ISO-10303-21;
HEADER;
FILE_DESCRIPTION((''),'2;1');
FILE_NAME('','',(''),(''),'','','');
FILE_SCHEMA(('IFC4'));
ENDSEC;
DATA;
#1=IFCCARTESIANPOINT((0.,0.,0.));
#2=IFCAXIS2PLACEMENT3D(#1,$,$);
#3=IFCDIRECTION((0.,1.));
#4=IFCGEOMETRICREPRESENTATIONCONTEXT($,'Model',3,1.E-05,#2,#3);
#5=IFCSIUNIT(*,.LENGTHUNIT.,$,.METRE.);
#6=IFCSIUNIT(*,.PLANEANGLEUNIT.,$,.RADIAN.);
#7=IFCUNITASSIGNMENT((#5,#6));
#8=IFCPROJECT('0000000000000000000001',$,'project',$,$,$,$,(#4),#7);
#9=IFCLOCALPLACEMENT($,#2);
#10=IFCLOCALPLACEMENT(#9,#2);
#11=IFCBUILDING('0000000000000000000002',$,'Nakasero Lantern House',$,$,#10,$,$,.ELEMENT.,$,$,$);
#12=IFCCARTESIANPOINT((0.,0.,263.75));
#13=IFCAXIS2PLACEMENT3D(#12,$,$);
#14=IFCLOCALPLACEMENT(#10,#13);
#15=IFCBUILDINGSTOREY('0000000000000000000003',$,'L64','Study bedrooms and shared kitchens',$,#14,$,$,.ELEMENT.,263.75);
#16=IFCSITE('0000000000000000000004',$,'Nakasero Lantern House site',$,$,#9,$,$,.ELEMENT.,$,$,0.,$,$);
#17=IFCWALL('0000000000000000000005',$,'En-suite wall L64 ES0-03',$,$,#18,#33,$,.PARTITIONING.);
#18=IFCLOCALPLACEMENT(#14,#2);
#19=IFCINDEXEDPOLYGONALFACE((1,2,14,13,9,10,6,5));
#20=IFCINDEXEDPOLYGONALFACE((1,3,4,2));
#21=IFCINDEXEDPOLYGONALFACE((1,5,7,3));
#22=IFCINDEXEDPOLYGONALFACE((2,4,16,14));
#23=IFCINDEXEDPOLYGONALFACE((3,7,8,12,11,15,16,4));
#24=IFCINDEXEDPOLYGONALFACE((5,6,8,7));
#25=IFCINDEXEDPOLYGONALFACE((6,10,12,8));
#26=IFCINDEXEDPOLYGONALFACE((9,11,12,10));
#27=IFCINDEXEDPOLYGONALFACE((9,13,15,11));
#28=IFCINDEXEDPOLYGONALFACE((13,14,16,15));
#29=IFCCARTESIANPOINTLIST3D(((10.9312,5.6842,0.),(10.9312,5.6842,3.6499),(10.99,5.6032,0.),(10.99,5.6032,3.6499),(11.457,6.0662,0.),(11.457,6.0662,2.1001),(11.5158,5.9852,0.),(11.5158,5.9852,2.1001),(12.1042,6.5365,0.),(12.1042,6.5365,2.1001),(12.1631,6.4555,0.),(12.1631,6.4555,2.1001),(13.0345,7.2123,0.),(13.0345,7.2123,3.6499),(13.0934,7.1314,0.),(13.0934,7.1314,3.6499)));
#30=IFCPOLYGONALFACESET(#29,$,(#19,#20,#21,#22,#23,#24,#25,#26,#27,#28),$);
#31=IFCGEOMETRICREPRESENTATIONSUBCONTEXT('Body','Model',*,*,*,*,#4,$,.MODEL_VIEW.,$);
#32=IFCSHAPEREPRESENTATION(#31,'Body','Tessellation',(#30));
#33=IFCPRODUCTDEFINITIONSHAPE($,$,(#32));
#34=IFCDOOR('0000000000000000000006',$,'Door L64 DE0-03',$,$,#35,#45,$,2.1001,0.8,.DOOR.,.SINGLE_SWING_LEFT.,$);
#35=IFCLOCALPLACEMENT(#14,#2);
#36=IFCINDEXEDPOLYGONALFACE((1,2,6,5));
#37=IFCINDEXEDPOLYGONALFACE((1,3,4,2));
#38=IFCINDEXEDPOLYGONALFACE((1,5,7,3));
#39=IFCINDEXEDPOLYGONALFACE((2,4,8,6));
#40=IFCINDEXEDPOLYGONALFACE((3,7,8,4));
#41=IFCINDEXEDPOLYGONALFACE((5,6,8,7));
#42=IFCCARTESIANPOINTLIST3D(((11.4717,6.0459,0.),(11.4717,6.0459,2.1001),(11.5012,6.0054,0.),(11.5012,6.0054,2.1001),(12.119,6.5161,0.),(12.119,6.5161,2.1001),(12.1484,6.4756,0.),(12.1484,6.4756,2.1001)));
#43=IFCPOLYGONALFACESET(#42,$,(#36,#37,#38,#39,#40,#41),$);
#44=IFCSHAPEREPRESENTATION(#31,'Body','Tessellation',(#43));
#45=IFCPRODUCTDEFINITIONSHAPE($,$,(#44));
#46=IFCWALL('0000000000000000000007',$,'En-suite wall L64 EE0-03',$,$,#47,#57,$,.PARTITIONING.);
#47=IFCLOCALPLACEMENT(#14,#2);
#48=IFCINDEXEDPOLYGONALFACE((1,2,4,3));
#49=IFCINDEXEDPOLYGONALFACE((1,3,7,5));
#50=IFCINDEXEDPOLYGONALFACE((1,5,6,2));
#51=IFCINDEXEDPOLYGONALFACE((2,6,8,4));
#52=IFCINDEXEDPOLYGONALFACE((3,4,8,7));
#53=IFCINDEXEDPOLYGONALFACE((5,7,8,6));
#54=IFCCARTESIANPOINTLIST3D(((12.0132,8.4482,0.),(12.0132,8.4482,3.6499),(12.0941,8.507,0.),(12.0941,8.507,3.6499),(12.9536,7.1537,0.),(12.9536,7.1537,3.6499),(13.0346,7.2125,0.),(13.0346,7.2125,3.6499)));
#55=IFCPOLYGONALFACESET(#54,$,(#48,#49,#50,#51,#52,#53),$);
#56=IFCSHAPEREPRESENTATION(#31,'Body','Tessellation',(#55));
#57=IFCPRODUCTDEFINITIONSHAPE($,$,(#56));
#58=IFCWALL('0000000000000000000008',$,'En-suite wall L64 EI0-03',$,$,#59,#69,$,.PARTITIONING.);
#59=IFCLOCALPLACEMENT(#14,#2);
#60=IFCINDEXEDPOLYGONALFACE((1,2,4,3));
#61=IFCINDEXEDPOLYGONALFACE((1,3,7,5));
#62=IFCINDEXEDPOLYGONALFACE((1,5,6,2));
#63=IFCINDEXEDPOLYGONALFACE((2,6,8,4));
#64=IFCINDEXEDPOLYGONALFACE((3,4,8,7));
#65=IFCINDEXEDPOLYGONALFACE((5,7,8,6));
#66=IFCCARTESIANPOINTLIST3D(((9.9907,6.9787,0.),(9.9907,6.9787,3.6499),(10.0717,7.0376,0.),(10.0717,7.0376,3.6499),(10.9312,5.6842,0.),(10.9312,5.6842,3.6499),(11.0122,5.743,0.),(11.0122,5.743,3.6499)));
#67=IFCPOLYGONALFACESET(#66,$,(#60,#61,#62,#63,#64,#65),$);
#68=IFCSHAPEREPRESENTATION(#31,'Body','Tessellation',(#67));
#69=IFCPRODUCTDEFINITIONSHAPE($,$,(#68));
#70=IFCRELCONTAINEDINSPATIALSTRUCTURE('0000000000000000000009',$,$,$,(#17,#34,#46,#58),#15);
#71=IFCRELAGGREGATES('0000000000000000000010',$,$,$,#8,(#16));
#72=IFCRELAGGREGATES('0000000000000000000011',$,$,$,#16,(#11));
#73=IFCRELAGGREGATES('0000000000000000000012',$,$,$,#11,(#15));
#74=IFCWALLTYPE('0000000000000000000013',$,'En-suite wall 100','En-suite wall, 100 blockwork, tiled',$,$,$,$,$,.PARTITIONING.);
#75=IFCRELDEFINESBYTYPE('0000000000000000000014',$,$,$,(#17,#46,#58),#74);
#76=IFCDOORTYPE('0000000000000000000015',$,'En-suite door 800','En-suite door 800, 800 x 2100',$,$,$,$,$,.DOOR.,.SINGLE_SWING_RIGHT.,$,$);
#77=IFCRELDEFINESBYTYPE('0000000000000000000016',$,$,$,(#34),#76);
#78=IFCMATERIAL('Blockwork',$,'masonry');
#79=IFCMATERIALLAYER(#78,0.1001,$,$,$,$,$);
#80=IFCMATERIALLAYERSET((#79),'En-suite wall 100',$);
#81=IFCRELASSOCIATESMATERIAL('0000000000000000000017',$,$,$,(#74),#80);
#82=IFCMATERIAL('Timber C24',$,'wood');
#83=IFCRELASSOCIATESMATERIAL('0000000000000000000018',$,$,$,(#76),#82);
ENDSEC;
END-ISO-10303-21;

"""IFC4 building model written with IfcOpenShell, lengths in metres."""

from ifc_helpers import new_model, si_unit, direction, frame, frame_2d, origin, place, context, subcontext, project, spatial, rectangle, extrude, material, layer, layer_set, type_object, element, fill, save


model = new_model("IFC4")

# Units and contexts
model_context = context("Model", 3, precision=1e-05, world=origin(), true_north=direction((0.0, 1.0)))
body_context = subcontext(model_context, "Body", "Model", "MODEL_VIEW")
ifc_project = project(units=[si_unit("LENGTHUNIT", "METRE"), si_unit("PLANEANGLEUNIT", "RADIAN")], contexts=[model_context])

# Site, building, storey
site_placement = place(None, origin())
site = spatial("IfcSite", under=ifc_project, at=site_placement, Name="Nakasero Lantern House site", CompositionType="ELEMENT", RefElevation=0.0)
building_placement = place(site_placement, origin())
building = spatial("IfcBuilding", under=site, at=building_placement, Name="Nakasero Lantern House", CompositionType="ELEMENT")
storey_placement = place(building_placement, frame((0.0, 0.0, 263.75)))
storey = spatial("IfcBuildingStorey", under=building, at=storey_placement, Name="L64", Description="Study bedrooms and shared kitchens", CompositionType="ELEMENT", Elevation=263.75)

# Wall, opening, door
ifc_material_1 = material(Name="Blockwork", Category="masonry")
ifc_layer_1 = layer(ifc_material_1, 0.1001)
ifc_layer_set_1 = layer_set([ifc_layer_1], Name="En-suite wall 100")
wall_type_1 = type_object("IfcWallType", Name="En-suite wall 100", Description="En-suite wall, 100 blockwork, tiled", PredefinedType="PARTITIONING", material=ifc_layer_set_1)
wall_1_placement = place(storey_placement, frame((10.9607, 5.6438, 0.0), z_axis=(0.0, 0.0, 1.0), x_axis=(0.809024, 0.587775, 0.0)))
wall_1 = element("IfcWall", 1, at=wall_1_placement, inside=storey, type_object=wall_type_1, Name="En-suite wall L64 ES0-03", PredefinedType="PARTITIONING", context=body_context, shape_type="SweptSolid", body=[
    extrude(rectangle(XDim=2.5999, YDim=0.1001, at=frame_2d((1.2998, 0.0))), origin(), (0.0, 0.0, 1.0), 3.6499),
])
opening_1_placement = place(wall_1_placement, frame((0.6499, 0.0, 0.0)))
opening_1 = element("IfcOpeningElement", 2, at=opening_1_placement, cuts=wall_1, PredefinedType="OPENING", context=body_context, shape_type="SweptSolid", body=[
    extrude(rectangle(XDim=0.8, YDim=2.1001, at=frame_2d((0.3999, 1.05))), frame((0.0, 0.0701, 0.0), z_axis=(0.0, -1.0, 0.0), x_axis=(1.0, 0.0, 0.0)), (0.0, 0.0, 1.0), 0.1401),
])
ifc_material_2 = material(Name="Timber C24", Category="wood")
door_type_1 = type_object("IfcDoorType", Name="En-suite door 800", Description="En-suite door 800, 800 x 2100", OperationType="SINGLE_SWING_RIGHT", PredefinedType="DOOR", material=ifc_material_2)
door_1_placement = place(opening_1_placement, origin())
door_1 = element("IfcDoor", 3, at=door_1_placement, inside=storey, type_object=door_type_1, Name="Door L64 DE0-03", OperationType="SINGLE_SWING_LEFT", OverallHeight=2.1001, OverallWidth=0.8, PredefinedType="DOOR", context=body_context, shape_type="SweptSolid", body=[
    extrude(rectangle(XDim=0.8, YDim=2.1001, at=frame_2d((0.3999, 1.05))), frame((0.0, 0.0249, 0.0), z_axis=(0.0, -1.0, 0.0), x_axis=(1.0, 0.0, 0.0)), (0.0, 0.0, 1.0), 0.05),
])
fill(opening_1, door_1)

# Walls
for number, where, z_axis, x_axis, name in (
    (4, (12.9941, 7.1831, 0.0), (0.0, 0.0, 1.0), (-0.587772, 0.809026, 0.0), "En-suite wall L64 EE0-03"),
    (5, (10.9717, 5.7136, 0.0), (0.0, 0.0, 1.0), (-0.587772, 0.809026, 0.0), "En-suite wall L64 EI0-03"),
):
    element("IfcWall", number, at=place(storey_placement, frame(where, z_axis=z_axis, x_axis=x_axis)), inside=storey, type_object=wall_type_1, Name=name, PredefinedType="PARTITIONING", context=body_context, shape_type="SweptSolid", body=[
        extrude(rectangle(XDim=1.6001, YDim=0.1001, at=frame_2d((0.8, 0.0))), origin(), (0.0, 0.0, 1.0), 3.6499),
    ])

save(model, "model.ifc")
